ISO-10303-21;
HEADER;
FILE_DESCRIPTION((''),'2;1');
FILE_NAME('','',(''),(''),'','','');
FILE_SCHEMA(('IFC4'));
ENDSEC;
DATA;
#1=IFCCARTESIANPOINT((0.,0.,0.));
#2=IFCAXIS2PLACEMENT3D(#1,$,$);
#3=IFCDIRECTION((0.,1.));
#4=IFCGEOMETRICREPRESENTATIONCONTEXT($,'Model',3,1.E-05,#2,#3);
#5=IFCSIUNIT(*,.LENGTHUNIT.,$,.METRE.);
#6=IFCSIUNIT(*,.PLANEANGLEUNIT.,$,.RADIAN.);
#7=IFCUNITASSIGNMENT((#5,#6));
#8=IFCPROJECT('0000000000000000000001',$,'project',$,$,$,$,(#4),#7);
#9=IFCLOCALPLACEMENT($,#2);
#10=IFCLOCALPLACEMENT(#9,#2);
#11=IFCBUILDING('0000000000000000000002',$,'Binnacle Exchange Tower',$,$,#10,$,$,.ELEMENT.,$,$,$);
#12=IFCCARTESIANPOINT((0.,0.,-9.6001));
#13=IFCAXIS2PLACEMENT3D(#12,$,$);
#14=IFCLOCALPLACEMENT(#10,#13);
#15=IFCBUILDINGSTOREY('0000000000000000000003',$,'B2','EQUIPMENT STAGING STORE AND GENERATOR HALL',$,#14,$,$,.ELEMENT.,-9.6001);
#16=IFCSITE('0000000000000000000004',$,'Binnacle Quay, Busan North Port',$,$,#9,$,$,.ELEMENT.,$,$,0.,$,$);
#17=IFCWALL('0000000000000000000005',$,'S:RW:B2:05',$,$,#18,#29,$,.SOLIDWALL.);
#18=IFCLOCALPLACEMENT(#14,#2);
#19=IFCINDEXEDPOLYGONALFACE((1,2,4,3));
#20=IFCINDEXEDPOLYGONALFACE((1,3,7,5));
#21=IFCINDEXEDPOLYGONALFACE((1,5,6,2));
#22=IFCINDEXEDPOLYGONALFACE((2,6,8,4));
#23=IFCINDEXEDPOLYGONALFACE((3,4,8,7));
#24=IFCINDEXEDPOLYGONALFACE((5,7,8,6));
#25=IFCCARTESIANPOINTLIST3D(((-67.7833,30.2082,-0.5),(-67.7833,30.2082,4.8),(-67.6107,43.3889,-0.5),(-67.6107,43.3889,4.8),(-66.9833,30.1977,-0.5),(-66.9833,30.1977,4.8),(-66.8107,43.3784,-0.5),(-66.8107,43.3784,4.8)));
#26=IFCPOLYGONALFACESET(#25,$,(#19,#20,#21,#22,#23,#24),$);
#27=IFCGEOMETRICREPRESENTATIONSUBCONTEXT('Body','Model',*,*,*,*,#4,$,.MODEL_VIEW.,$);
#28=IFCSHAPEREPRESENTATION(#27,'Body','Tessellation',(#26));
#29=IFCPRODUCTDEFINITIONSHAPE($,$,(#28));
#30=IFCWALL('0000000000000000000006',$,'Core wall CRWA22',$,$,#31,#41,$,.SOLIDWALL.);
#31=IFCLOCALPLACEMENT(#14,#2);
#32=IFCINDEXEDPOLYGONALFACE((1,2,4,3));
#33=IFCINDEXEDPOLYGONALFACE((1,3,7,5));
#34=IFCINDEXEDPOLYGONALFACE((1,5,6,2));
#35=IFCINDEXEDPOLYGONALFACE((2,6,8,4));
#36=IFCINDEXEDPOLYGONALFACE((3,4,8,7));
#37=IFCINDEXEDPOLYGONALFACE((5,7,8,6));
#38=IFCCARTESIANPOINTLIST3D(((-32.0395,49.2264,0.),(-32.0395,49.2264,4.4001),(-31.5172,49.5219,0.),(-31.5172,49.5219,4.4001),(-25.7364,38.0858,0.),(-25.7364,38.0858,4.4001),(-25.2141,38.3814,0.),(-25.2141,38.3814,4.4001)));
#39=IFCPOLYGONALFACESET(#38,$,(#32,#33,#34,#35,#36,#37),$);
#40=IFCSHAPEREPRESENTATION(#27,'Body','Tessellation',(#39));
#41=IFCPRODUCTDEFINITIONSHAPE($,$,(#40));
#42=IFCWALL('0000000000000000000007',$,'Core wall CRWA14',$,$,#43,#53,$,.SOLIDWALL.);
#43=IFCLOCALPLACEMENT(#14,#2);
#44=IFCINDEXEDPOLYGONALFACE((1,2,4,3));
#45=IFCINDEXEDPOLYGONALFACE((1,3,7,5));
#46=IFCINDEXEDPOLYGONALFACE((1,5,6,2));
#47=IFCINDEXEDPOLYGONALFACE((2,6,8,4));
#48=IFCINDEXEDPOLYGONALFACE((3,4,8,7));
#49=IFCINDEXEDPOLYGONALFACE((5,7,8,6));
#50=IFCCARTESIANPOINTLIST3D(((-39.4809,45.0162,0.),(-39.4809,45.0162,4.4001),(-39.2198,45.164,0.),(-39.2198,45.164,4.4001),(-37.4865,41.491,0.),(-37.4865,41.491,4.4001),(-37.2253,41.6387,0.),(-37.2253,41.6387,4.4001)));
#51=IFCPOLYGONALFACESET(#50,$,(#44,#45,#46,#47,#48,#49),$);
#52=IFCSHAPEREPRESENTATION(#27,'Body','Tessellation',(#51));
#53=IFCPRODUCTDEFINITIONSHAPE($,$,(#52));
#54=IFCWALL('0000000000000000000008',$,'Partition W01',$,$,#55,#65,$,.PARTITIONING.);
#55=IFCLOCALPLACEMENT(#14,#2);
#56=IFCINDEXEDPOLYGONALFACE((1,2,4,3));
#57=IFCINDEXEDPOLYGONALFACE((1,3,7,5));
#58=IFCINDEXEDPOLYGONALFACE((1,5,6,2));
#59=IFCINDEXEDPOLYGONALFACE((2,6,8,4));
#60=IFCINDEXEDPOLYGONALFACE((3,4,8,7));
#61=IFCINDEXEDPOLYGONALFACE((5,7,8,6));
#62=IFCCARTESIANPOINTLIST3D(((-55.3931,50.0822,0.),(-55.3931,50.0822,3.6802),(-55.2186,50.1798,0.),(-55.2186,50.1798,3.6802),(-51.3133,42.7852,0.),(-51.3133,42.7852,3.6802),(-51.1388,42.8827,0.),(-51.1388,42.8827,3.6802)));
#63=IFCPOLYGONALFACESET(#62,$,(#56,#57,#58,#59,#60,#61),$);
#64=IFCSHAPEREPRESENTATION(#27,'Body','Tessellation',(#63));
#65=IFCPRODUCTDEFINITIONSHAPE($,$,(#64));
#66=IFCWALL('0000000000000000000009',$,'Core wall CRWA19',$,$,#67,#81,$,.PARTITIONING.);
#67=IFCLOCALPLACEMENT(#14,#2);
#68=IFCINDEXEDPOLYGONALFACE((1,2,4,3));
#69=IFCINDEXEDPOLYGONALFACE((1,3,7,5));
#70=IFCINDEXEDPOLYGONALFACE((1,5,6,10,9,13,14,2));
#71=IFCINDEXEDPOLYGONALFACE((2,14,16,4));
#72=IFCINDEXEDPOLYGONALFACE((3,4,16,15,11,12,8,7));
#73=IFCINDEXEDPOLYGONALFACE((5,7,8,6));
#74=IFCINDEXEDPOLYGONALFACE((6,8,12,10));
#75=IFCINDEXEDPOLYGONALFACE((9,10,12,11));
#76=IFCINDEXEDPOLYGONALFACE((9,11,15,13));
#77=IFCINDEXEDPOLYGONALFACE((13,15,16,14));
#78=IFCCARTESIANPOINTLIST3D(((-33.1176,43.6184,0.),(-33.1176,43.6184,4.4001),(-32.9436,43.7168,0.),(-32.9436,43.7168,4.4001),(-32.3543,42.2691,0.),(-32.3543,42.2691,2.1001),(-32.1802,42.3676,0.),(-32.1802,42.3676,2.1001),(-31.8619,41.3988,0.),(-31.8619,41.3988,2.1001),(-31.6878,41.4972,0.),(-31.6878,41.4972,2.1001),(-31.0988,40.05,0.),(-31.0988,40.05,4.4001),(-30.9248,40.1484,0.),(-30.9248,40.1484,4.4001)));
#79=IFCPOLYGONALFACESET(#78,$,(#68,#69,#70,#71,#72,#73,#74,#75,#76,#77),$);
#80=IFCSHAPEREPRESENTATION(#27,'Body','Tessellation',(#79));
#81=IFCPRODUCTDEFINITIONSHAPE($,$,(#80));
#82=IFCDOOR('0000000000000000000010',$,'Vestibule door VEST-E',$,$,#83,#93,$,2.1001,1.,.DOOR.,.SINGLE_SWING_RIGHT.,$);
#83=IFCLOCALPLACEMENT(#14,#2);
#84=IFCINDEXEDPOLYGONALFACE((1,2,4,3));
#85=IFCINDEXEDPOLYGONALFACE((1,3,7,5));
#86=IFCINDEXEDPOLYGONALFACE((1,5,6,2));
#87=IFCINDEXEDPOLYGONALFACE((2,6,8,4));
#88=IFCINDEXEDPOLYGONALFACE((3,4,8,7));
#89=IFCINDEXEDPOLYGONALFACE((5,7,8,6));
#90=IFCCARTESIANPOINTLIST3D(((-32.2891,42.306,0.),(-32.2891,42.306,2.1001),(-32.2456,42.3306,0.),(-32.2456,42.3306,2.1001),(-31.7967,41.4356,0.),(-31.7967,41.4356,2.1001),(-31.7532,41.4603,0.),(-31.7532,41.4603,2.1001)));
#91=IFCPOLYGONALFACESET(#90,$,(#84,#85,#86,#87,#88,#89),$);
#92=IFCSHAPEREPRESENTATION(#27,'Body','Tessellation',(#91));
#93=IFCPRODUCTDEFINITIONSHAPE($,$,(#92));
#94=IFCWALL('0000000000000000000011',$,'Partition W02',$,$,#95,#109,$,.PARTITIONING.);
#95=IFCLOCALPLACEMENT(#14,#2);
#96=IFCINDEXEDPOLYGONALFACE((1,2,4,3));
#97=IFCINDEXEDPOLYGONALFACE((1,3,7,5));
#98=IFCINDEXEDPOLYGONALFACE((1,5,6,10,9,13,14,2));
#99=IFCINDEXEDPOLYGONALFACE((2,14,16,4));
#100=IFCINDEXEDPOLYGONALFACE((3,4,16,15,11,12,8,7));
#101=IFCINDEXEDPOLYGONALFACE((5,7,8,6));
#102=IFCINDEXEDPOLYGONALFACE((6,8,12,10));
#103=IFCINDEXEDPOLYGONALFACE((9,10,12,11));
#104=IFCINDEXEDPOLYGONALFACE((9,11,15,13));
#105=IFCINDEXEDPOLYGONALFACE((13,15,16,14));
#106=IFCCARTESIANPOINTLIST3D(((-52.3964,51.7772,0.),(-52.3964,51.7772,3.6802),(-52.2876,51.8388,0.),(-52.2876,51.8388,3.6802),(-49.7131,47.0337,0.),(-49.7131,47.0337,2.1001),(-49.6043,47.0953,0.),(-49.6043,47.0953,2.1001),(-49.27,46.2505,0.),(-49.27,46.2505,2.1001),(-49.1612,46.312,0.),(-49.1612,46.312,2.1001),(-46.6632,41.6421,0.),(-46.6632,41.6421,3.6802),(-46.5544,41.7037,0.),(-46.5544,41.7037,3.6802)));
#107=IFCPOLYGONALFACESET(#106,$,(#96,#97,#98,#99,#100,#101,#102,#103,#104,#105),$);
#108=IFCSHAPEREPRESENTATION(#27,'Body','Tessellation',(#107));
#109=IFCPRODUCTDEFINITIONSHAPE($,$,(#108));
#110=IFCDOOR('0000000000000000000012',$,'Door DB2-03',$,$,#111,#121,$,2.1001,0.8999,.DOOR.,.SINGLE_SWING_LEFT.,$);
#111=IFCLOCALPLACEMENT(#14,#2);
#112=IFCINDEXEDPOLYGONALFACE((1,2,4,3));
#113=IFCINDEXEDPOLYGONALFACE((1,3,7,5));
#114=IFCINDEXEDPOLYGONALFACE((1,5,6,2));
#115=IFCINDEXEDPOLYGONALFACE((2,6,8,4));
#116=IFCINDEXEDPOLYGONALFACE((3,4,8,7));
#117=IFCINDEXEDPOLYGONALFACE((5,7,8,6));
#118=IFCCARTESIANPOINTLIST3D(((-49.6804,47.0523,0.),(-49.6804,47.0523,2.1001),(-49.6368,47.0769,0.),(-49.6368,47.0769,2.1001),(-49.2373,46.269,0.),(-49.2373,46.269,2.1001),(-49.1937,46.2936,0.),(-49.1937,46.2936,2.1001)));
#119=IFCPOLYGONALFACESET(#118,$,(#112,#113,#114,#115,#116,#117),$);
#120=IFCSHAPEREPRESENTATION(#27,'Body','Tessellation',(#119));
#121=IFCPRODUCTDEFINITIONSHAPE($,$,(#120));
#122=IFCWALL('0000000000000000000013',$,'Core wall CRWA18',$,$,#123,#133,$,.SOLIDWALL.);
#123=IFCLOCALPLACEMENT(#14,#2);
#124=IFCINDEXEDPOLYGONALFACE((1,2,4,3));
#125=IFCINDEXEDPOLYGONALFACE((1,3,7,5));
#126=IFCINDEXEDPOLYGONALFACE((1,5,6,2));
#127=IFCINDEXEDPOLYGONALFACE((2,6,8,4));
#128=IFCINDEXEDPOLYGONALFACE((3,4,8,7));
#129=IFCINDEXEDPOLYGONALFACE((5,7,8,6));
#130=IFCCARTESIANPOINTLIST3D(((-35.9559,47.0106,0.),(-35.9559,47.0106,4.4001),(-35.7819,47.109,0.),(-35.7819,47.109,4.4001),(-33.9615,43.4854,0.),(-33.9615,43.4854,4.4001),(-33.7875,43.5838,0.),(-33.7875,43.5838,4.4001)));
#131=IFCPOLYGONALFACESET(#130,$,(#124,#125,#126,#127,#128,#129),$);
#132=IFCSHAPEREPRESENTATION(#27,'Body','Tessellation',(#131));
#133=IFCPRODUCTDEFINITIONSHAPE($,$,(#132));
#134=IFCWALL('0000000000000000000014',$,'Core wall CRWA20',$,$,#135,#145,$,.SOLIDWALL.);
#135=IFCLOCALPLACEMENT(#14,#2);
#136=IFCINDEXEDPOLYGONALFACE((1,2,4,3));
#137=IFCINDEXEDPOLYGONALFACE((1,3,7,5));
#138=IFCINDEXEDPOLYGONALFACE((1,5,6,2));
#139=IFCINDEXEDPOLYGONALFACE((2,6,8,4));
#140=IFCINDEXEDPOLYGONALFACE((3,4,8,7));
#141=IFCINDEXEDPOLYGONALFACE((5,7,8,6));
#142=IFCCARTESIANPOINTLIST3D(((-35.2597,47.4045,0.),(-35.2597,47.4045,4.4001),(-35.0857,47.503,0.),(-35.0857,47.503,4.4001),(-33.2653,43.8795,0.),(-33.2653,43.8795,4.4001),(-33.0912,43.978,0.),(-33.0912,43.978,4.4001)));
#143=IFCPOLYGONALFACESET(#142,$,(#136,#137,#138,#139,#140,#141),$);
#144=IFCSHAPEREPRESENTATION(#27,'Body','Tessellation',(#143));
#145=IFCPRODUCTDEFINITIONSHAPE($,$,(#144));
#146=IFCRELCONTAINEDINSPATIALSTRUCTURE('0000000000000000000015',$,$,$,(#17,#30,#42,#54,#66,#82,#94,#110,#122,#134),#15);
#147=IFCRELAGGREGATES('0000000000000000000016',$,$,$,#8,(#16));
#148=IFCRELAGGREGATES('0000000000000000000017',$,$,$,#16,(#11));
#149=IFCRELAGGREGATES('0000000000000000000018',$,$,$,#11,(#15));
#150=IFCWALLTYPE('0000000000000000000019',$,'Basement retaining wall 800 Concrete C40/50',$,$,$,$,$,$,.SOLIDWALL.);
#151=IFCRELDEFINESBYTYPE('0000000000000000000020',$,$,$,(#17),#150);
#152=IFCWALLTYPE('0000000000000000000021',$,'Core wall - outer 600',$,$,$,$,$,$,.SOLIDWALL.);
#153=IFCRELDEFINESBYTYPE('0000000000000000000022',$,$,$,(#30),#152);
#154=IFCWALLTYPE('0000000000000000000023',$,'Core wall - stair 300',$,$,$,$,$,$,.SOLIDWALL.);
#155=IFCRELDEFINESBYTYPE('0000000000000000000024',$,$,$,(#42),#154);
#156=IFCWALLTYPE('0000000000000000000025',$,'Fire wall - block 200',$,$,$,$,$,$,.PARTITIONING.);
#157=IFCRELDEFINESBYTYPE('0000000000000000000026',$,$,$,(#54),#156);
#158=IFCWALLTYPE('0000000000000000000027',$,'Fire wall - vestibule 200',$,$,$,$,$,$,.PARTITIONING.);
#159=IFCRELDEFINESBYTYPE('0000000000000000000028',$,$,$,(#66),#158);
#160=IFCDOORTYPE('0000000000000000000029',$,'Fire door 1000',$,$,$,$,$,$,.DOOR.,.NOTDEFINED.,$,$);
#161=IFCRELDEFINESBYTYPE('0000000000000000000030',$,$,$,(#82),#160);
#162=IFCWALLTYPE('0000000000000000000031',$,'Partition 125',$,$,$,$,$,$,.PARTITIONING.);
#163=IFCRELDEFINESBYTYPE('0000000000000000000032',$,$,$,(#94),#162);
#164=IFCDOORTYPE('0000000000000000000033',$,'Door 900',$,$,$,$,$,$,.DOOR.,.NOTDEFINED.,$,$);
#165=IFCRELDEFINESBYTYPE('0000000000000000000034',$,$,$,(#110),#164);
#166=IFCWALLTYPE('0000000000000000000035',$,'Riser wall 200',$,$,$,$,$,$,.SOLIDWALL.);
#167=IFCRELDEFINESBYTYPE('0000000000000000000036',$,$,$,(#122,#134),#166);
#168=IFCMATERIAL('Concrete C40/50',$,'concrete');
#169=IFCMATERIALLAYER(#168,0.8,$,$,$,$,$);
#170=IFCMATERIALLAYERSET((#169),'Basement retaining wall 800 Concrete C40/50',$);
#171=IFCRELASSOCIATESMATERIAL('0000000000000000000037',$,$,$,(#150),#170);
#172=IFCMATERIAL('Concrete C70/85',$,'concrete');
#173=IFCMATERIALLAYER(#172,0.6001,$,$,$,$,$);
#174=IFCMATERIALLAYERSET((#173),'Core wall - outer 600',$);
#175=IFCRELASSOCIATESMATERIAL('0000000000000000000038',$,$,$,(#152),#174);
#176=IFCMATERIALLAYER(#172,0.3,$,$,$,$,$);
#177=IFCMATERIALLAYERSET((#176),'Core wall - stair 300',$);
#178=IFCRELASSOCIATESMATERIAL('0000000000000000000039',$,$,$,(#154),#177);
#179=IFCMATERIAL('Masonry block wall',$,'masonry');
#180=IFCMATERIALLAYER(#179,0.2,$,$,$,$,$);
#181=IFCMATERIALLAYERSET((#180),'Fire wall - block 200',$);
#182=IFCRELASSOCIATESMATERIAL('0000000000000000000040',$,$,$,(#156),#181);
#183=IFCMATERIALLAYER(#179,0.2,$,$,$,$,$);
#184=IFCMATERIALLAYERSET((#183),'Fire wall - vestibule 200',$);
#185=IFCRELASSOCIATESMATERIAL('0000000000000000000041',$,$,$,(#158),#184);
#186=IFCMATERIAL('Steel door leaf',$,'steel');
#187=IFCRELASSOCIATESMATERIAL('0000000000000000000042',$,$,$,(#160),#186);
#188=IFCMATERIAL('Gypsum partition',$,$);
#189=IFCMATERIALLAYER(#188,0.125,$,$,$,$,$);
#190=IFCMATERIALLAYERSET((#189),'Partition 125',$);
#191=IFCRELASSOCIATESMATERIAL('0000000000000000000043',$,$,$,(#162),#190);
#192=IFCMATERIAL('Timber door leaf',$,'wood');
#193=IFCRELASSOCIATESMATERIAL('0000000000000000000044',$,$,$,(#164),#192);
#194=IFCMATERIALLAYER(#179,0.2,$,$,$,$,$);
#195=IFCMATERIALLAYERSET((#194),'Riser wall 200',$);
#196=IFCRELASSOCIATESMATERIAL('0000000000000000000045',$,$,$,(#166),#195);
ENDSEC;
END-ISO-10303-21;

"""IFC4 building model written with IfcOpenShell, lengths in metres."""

from ifc_helpers import new_model, si_unit, direction, frame, frame_2d, origin, place, context, subcontext, project, spatial, rectangle, extrude, material, layer, layer_set, type_object, element, fill, save


model = new_model("IFC4")

# Units and contexts
model_context = context("Model", 3, precision=1e-05, world=origin(), true_north=direction((0.0, 1.0)))
body_context = subcontext(model_context, "Body", "Model", "MODEL_VIEW")
ifc_project = project(units=[si_unit("LENGTHUNIT", "METRE"), si_unit("PLANEANGLEUNIT", "RADIAN")], contexts=[model_context])

# Site, building, storey
site_placement = place(None, origin())
site = spatial("IfcSite", under=ifc_project, at=site_placement, Name="Binnacle Quay, Busan North Port", CompositionType="ELEMENT", RefElevation=0.0)
building_placement = place(site_placement, origin())
building = spatial("IfcBuilding", under=site, at=building_placement, Name="Binnacle Exchange Tower", CompositionType="ELEMENT")
storey_placement = place(building_placement, frame((0.0, 0.0, -9.6001)))
storey = spatial("IfcBuildingStorey", under=building, at=storey_placement, Name="B2", Description="EQUIPMENT STAGING STORE AND GENERATOR HALL", CompositionType="ELEMENT", Elevation=-9.6001)

# Shared definitions
ifc_material_1 = material(Name="Concrete C40/50", Category="concrete")

# Shared definitions
ifc_material_2 = material(Name="Concrete C70/85", Category="concrete")

# Walls
ifc_layer_1 = layer(ifc_material_1, 0.8)
ifc_layer_set_1 = layer_set([ifc_layer_1], Name="Basement retaining wall 800 Concrete C40/50")
wall_type_1 = type_object("IfcWallType", Name="Basement retaining wall 800 Concrete C40/50", PredefinedType="SOLIDWALL", material=ifc_layer_set_1)
wall_1_placement = place(storey_placement, frame((-67.2107, 43.3835, -0.5), z_axis=(0.0, 0.0, 1.0), x_axis=(-0.013094, -0.999914, 0.0)))
element("IfcWall", 1, at=wall_1_placement, inside=storey, type_object=wall_type_1, Name="S:RW:B2:05", PredefinedType="SOLIDWALL", context=body_context, shape_type="SweptSolid", body=[
    extrude(rectangle(XDim=13.1819, YDim=0.8, at=frame_2d((6.5908, 0.0))), origin(), (0.0, 0.0, 1.0), 5.3),
])
ifc_layer_2 = layer(ifc_material_2, 0.6001)
ifc_layer_set_2 = layer_set([ifc_layer_2], Name="Core wall - outer 600")
wall_type_2 = type_object("IfcWallType", Name="Core wall - outer 600", PredefinedType="SOLIDWALL", material=ifc_layer_set_2)
wall_2_placement = place(storey_placement, frame((-31.7783, 49.374, 0.0), z_axis=(0.0, 0.0, 1.0), x_axis=(0.492433, -0.87035, 0.0)))
element("IfcWall", 2, at=wall_2_placement, inside=storey, type_object=wall_type_2, Name="Core wall CRWA22", PredefinedType="SOLIDWALL", context=body_context, shape_type="SweptSolid", body=[
    extrude(rectangle(XDim=12.8, YDim=0.6001, at=frame_2d((6.3999, 0.0))), origin(), (0.0, 0.0, 1.0), 4.4001),
])
ifc_layer_3 = layer(ifc_material_2, 0.3)
ifc_layer_set_3 = layer_set([ifc_layer_3], Name="Core wall - stair 300")
wall_type_3 = type_object("IfcWallType", Name="Core wall - stair 300", PredefinedType="SOLIDWALL", material=ifc_layer_set_3)
wall_3_placement = place(storey_placement, frame((-39.3503, 45.0901, 0.0), z_axis=(0.0, 0.0, 1.0), x_axis=(0.492415, -0.870361, 0.0)))
element("IfcWall", 3, at=wall_3_placement, inside=storey, type_object=wall_type_3, Name="Core wall CRWA14", PredefinedType="SOLIDWALL", context=body_context, shape_type="SweptSolid", body=[
    extrude(rectangle(XDim=4.0503, YDim=0.3, at=frame_2d((2.0251, 0.0))), origin(), (0.0, 0.0, 1.0), 4.4001),
])
ifc_material_3 = material(Name="Masonry block wall", Category="masonry")
ifc_layer_4 = layer(ifc_material_3, 0.2)
ifc_layer_set_4 = layer_set([ifc_layer_4], Name="Fire wall - block 200")
wall_type_4 = type_object("IfcWallType", Name="Fire wall - block 200", PredefinedType="PARTITIONING", material=ifc_layer_set_4)
wall_4_placement = place(storey_placement, frame((-55.3059, 50.1311, 0.0), z_axis=(0.0, 0.0, 1.0), x_axis=(0.488007, -0.87284, 0.0)))
element("IfcWall", 4, at=wall_4_placement, inside=storey, type_object=wall_type_4, Name="Partition W01", PredefinedType="PARTITIONING", context=body_context, shape_type="SweptSolid", body=[
    extrude(rectangle(XDim=8.3601, YDim=0.2, at=frame_2d((4.1802, 0.0))), origin(), (0.0, 0.0, 1.0), 3.6802),
])

# Walls, openings, doors
ifc_layer_5 = layer(ifc_material_3, 0.2)
ifc_layer_set_5 = layer_set([ifc_layer_5], Name="Fire wall - vestibule 200")
wall_type_5 = type_object("IfcWallType", Name="Fire wall - vestibule 200", PredefinedType="PARTITIONING", material=ifc_layer_set_5)
wall_5_placement = place(storey_placement, frame((-33.0305, 43.6675, 0.0), z_axis=(0.0, 0.0, 1.0), x_axis=(0.492408, -0.870364, 0.0)))
wall_5 = element("IfcWall", 5, at=wall_5_placement, inside=storey, type_object=wall_type_5, Name="Core wall CRWA19", PredefinedType="PARTITIONING", context=body_context, shape_type="SweptSolid", body=[
    extrude(rectangle(XDim=4.0999, YDim=0.2, at=frame_2d((2.0498, 0.0))), origin(), (0.0, 0.0, 1.0), 4.4001),
])
opening_1_placement = place(wall_5_placement, frame((1.55, 0.0, 0.0)))
opening_1 = element("IfcOpeningElement", 6, at=opening_1_placement, cuts=wall_5, PredefinedType="OPENING", context=body_context, shape_type="SweptSolid", body=[
    extrude(rectangle(XDim=1.0, YDim=2.1001, at=frame_2d((0.5, 1.05))), frame((0.0, 0.1099, 0.0), z_axis=(0.0, -1.0, 0.0), x_axis=(1.0, 0.0, 0.0)), (0.0, 0.0, 1.0), 0.22),
])
ifc_material_4 = material(Name="Steel door leaf", Category="steel")
door_type_1 = type_object("IfcDoorType", Name="Fire door 1000", OperationType="NOTDEFINED", PredefinedType="DOOR", material=ifc_material_4)
door_1_placement = place(opening_1_placement, origin())
door_1 = element("IfcDoor", 7, at=door_1_placement, inside=storey, type_object=door_type_1, Name="Vestibule door VEST-E", OperationType="SINGLE_SWING_RIGHT", OverallHeight=2.1001, OverallWidth=1.0, PredefinedType="DOOR", context=body_context, shape_type="SweptSolid", body=[
    extrude(rectangle(XDim=1.0, YDim=2.1001, at=frame_2d((0.5, 1.05))), frame((0.0, 0.0249, 0.0), z_axis=(0.0, -1.0, 0.0), x_axis=(1.0, 0.0, 0.0)), (0.0, 0.0, 1.0), 0.05),
])
fill(opening_1, door_1)
ifc_material_5 = material(Name="Gypsum partition")
ifc_layer_6 = layer(ifc_material_5, 0.125)
ifc_layer_set_6 = layer_set([ifc_layer_6], Name="Partition 125")
wall_type_6 = type_object("IfcWallType", Name="Partition 125", PredefinedType="PARTITIONING", material=ifc_layer_set_6)
wall_6_placement = place(storey_placement, frame((-52.342, 51.8081, 0.0), z_axis=(0.0, 0.0, 1.0), x_axis=(0.492361, -0.870391, 0.0)))
wall_6 = element("IfcWall", 8, at=wall_6_placement, inside=storey, type_object=wall_type_6, Name="Partition W02", PredefinedType="PARTITIONING", context=body_context, shape_type="SweptSolid", body=[
    extrude(rectangle(XDim=11.6443, YDim=0.125, at=frame_2d((5.8223, 0.0))), origin(), (0.0, 0.0, 1.0), 3.6802),
])
opening_2_placement = place(wall_6_placement, frame((5.45, 0.0, 0.0)))
opening_2 = element("IfcOpeningElement", 9, at=opening_2_placement, cuts=wall_6, PredefinedType="OPENING", context=body_context, shape_type="SweptSolid", body=[
    extrude(rectangle(XDim=0.8999, YDim=2.1001, at=frame_2d((0.45, 1.05))), frame((0.0, 0.0725, 0.0), z_axis=(0.0, -1.0, 0.0), x_axis=(1.0, 0.0, 0.0)), (0.0, 0.0, 1.0), 0.145),
])
ifc_material_6 = material(Name="Timber door leaf", Category="wood")
door_type_2 = type_object("IfcDoorType", Name="Door 900", OperationType="NOTDEFINED", PredefinedType="DOOR", material=ifc_material_6)
door_2_placement = place(opening_2_placement, frame((0.8999, 0.0, 0.0), z_axis=(0.0, 0.0, 1.0), x_axis=(-1.0, 0.0, 0.0)))
door_2 = element("IfcDoor", 10, at=door_2_placement, inside=storey, type_object=door_type_2, Name="Door DB2-03", OperationType="SINGLE_SWING_LEFT", OverallHeight=2.1001, OverallWidth=0.8999, PredefinedType="DOOR", context=body_context, shape_type="SweptSolid", body=[
    extrude(rectangle(XDim=0.8999, YDim=2.1001, at=frame_2d((0.45, 1.05))), frame((0.0, 0.0249, 0.0), z_axis=(0.0, -1.0, 0.0), x_axis=(1.0, 0.0, 0.0)), (0.0, 0.0, 1.0), 0.05),
])
fill(opening_2, door_2)

# Walls
ifc_layer_7 = layer(ifc_material_3, 0.2)
ifc_layer_set_7 = layer_set([ifc_layer_7], Name="Riser wall 200")
wall_type_7 = type_object("IfcWallType", Name="Riser wall 200", PredefinedType="SOLIDWALL", material=ifc_layer_set_7)
wall_7_placement = place(storey_placement, frame((-35.8689, 47.0598, 0.0), z_axis=(0.0, 0.0, 1.0), x_axis=(0.492415, -0.870361, 0.0)))
element("IfcWall", 11, at=wall_7_placement, inside=storey, type_object=wall_type_7, Name="Core wall CRWA18", PredefinedType="SOLIDWALL", context=body_context, shape_type="SweptSolid", body=[
    extrude(rectangle(XDim=4.0503, YDim=0.2, at=frame_2d((2.0251, 0.0))), origin(), (0.0, 0.0, 1.0), 4.4001),
])
wall_8_placement = place(storey_placement, frame((-35.1726, 47.4536, 0.0), z_axis=(0.0, 0.0, 1.0), x_axis=(0.492441, -0.870346, 0.0)))
element("IfcWall", 12, at=wall_8_placement, inside=storey, type_object=wall_type_7, Name="Core wall CRWA20", PredefinedType="SOLIDWALL", context=body_context, shape_type="SweptSolid", body=[
    extrude(rectangle(XDim=4.05, YDim=0.2, at=frame_2d((2.0249, 0.0))), origin(), (0.0, 0.0, 1.0), 4.4001),
])

save(model, "model.ifc")
